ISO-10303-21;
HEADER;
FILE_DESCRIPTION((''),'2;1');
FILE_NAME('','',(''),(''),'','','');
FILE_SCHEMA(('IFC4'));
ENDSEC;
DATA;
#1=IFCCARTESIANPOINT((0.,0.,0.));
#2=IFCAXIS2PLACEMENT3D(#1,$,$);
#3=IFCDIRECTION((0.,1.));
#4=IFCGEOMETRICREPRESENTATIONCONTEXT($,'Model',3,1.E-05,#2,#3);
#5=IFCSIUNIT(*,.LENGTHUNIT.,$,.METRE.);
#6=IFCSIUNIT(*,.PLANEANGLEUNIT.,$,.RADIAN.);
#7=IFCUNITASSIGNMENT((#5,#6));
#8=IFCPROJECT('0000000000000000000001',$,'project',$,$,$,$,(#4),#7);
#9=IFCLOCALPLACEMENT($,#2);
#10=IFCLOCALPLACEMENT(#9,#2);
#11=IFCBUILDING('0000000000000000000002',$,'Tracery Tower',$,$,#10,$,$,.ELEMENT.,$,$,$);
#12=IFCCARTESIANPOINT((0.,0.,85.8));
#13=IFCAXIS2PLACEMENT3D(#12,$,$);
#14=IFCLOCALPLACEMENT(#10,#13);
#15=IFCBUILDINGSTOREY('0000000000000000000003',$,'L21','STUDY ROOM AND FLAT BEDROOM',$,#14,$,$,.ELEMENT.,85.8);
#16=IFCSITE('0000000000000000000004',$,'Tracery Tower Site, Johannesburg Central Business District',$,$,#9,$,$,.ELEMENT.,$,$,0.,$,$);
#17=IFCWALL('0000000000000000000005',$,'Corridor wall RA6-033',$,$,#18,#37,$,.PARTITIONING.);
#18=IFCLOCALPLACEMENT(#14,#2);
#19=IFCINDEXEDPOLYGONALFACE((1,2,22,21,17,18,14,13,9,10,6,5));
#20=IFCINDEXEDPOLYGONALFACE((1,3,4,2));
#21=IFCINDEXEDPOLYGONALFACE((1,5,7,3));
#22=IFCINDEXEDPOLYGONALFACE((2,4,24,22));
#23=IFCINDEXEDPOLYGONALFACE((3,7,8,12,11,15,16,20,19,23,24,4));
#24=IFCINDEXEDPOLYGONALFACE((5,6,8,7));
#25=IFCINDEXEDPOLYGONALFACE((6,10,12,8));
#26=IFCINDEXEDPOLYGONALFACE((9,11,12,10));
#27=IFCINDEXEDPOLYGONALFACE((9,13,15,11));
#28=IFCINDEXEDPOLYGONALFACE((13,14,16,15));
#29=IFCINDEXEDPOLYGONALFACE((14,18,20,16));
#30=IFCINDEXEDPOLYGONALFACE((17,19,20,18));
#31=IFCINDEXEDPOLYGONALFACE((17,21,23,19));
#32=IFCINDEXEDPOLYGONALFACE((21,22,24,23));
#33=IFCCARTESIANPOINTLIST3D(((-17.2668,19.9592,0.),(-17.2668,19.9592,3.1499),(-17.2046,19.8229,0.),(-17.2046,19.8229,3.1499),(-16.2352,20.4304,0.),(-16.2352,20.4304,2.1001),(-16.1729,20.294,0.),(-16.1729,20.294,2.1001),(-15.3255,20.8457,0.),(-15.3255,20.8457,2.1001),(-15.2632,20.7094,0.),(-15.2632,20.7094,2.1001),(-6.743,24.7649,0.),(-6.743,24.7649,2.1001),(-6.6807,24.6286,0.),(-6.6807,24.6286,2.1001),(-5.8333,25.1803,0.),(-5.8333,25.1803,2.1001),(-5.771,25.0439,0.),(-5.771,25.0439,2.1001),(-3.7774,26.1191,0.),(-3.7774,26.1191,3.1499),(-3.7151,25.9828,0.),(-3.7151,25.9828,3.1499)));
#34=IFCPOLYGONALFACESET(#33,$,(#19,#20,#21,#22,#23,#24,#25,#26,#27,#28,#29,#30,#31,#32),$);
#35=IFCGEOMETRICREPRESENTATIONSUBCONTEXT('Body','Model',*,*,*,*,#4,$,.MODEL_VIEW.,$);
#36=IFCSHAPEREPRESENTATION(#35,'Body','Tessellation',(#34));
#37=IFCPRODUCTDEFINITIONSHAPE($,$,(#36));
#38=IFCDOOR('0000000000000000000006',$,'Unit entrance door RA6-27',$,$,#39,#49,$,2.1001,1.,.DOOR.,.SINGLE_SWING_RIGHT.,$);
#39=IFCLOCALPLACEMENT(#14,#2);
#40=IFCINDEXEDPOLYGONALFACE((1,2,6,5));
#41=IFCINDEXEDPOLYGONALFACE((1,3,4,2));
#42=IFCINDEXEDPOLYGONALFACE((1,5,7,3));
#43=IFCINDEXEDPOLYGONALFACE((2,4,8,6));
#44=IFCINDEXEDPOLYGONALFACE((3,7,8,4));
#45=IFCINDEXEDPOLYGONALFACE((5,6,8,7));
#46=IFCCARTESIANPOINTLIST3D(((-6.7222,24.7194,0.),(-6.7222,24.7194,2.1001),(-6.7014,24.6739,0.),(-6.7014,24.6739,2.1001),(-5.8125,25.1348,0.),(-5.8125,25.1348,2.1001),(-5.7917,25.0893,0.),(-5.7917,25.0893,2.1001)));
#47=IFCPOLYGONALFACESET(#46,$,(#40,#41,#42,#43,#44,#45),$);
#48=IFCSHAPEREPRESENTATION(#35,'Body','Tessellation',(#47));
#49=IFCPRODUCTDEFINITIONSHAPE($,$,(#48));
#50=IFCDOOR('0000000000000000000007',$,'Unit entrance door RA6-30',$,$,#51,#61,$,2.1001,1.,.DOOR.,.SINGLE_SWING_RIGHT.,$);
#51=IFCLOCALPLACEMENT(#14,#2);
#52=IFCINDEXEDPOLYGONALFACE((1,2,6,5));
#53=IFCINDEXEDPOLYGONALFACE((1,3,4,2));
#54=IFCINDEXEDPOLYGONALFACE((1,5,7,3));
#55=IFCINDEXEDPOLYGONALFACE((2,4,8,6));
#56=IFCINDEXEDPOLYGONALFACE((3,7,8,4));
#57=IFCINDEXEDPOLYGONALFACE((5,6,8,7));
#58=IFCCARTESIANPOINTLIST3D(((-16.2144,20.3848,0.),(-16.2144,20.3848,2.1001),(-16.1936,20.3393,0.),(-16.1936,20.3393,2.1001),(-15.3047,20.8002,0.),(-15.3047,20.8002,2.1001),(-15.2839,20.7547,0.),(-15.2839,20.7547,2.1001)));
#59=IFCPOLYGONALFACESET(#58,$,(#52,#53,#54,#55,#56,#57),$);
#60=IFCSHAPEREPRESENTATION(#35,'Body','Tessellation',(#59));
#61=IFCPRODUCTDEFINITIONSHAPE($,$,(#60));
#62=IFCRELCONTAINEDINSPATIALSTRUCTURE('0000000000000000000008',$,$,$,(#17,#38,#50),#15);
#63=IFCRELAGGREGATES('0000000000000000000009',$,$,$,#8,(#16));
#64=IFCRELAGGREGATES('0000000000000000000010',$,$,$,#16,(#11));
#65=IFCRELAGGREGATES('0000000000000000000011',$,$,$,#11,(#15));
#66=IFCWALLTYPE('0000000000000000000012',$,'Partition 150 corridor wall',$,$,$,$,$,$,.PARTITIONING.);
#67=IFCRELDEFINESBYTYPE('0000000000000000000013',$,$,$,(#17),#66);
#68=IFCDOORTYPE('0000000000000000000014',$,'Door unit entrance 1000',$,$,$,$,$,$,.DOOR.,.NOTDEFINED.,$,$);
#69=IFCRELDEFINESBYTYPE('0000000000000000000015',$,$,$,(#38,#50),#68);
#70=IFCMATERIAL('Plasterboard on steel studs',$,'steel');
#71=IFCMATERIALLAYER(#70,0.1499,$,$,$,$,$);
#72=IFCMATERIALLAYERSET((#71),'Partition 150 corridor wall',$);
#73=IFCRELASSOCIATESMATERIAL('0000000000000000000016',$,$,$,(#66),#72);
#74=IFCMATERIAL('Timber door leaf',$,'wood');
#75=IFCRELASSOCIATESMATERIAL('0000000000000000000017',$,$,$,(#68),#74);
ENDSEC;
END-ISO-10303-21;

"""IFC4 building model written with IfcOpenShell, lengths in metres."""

from ifc_helpers import new_model, si_unit, direction, frame, frame_2d, origin, place, context, subcontext, project, spatial, rectangle, extrude, material, layer, layer_set, type_object, element, fill, save


model = new_model("IFC4")

# Units and contexts
model_context = context("Model", 3, precision=1e-05, world=origin(), true_north=direction((0.0, 1.0)))
body_context = subcontext(model_context, "Body", "Model", "MODEL_VIEW")
ifc_project = project(units=[si_unit("LENGTHUNIT", "METRE"), si_unit("PLANEANGLEUNIT", "RADIAN")], contexts=[model_context])

# Site, building, storey
site_placement = place(None, origin())
site = spatial("IfcSite", under=ifc_project, at=site_placement, Name="Tracery Tower Site, Johannesburg Central Business District", CompositionType="ELEMENT", RefElevation=0.0)
building_placement = place(site_placement, origin())
building = spatial("IfcBuilding", under=site, at=building_placement, Name="Tracery Tower", CompositionType="ELEMENT")
storey_placement = place(building_placement, frame((0.0, 0.0, 85.8)))
storey = spatial("IfcBuildingStorey", under=building, at=storey_placement, Name="L21", Description="STUDY ROOM AND FLAT BEDROOM", CompositionType="ELEMENT", Elevation=85.8)

# Wall, openings, doors
ifc_material_1 = material(Name="Plasterboard on steel studs", Category="steel")
ifc_layer_1 = layer(ifc_material_1, 0.1499)
ifc_layer_set_1 = layer_set([ifc_layer_1], Name="Partition 150 corridor wall")
wall_type_1 = type_object("IfcWallType", Name="Partition 150 corridor wall", PredefinedType="PARTITIONING", material=ifc_layer_set_1)
wall_1_placement = place(storey_placement, frame((-17.2356, 19.8911, 0.0), z_axis=(0.0, 0.0, 1.0), x_axis=(0.909646, 0.415385, 0.0)))
wall_1 = element("IfcWall", 1, at=wall_1_placement, inside=storey, type_object=wall_type_1, Name="Corridor wall RA6-033", PredefinedType="PARTITIONING", context=body_context, shape_type="SweptSolid", body=[
    extrude(rectangle(XDim=14.8293, YDim=0.1499, at=frame_2d((7.4146, 0.0))), origin(), (0.0, 0.0, 1.0), 3.1499),
])
opening_1_placement = place(wall_1_placement, frame((11.5691, 0.0, 0.0)))
opening_1 = element("IfcOpeningElement", 2, at=opening_1_placement, cuts=wall_1, PredefinedType="OPENING", context=body_context, shape_type="SweptSolid", body=[
    extrude(rectangle(XDim=1.0, YDim=2.1001, at=frame_2d((0.5, 1.05))), frame((0.0, 0.075, 0.0), z_axis=(0.0, -1.0, 0.0), x_axis=(1.0, 0.0, 0.0)), (0.0, 0.0, 1.0), 0.1499),
])
opening_2_placement = place(wall_1_placement, frame((1.134, 0.0, 0.0)))
opening_2 = element("IfcOpeningElement", 3, at=opening_2_placement, cuts=wall_1, PredefinedType="OPENING", context=body_context, shape_type="SweptSolid", body=[
    extrude(rectangle(XDim=1.0, YDim=2.1001, at=frame_2d((0.5, 1.05))), frame((0.0, 0.075, 0.0), z_axis=(0.0, -1.0, 0.0), x_axis=(1.0, 0.0, 0.0)), (0.0, 0.0, 1.0), 0.1499),
])
ifc_material_2 = material(Name="Timber door leaf", Category="wood")
door_type_1 = type_object("IfcDoorType", Name="Door unit entrance 1000", OperationType="NOTDEFINED", PredefinedType="DOOR", material=ifc_material_2)
door_1_placement = place(opening_1_placement, origin())
door_1 = element("IfcDoor", 4, at=door_1_placement, inside=storey, type_object=door_type_1, Name="Unit entrance door RA6-27", OperationType="SINGLE_SWING_RIGHT", OverallHeight=2.1001, OverallWidth=1.0, PredefinedType="DOOR", context=body_context, shape_type="SweptSolid", body=[
    extrude(rectangle(XDim=1.0, YDim=2.1001, at=frame_2d((0.5, 1.05))), frame((0.0, 0.0249, 0.0), z_axis=(0.0, -1.0, 0.0), x_axis=(1.0, 0.0, 0.0)), (0.0, 0.0, 1.0), 0.05),
])
fill(opening_1, door_1)
door_2_placement = place(opening_2_placement, origin())
door_2 = element("IfcDoor", 5, at=door_2_placement, inside=storey, type_object=door_type_1, Name="Unit entrance door RA6-30", OperationType="SINGLE_SWING_RIGHT", OverallHeight=2.1001, OverallWidth=1.0, PredefinedType="DOOR", context=body_context, shape_type="SweptSolid", body=[
    extrude(rectangle(XDim=1.0, YDim=2.1001, at=frame_2d((0.5, 1.05))), frame((0.0, 0.0249, 0.0), z_axis=(0.0, -1.0, 0.0), x_axis=(1.0, 0.0, 0.0)), (0.0, 0.0, 1.0), 0.05),
])
fill(opening_2, door_2)

save(model, "model.ifc")
